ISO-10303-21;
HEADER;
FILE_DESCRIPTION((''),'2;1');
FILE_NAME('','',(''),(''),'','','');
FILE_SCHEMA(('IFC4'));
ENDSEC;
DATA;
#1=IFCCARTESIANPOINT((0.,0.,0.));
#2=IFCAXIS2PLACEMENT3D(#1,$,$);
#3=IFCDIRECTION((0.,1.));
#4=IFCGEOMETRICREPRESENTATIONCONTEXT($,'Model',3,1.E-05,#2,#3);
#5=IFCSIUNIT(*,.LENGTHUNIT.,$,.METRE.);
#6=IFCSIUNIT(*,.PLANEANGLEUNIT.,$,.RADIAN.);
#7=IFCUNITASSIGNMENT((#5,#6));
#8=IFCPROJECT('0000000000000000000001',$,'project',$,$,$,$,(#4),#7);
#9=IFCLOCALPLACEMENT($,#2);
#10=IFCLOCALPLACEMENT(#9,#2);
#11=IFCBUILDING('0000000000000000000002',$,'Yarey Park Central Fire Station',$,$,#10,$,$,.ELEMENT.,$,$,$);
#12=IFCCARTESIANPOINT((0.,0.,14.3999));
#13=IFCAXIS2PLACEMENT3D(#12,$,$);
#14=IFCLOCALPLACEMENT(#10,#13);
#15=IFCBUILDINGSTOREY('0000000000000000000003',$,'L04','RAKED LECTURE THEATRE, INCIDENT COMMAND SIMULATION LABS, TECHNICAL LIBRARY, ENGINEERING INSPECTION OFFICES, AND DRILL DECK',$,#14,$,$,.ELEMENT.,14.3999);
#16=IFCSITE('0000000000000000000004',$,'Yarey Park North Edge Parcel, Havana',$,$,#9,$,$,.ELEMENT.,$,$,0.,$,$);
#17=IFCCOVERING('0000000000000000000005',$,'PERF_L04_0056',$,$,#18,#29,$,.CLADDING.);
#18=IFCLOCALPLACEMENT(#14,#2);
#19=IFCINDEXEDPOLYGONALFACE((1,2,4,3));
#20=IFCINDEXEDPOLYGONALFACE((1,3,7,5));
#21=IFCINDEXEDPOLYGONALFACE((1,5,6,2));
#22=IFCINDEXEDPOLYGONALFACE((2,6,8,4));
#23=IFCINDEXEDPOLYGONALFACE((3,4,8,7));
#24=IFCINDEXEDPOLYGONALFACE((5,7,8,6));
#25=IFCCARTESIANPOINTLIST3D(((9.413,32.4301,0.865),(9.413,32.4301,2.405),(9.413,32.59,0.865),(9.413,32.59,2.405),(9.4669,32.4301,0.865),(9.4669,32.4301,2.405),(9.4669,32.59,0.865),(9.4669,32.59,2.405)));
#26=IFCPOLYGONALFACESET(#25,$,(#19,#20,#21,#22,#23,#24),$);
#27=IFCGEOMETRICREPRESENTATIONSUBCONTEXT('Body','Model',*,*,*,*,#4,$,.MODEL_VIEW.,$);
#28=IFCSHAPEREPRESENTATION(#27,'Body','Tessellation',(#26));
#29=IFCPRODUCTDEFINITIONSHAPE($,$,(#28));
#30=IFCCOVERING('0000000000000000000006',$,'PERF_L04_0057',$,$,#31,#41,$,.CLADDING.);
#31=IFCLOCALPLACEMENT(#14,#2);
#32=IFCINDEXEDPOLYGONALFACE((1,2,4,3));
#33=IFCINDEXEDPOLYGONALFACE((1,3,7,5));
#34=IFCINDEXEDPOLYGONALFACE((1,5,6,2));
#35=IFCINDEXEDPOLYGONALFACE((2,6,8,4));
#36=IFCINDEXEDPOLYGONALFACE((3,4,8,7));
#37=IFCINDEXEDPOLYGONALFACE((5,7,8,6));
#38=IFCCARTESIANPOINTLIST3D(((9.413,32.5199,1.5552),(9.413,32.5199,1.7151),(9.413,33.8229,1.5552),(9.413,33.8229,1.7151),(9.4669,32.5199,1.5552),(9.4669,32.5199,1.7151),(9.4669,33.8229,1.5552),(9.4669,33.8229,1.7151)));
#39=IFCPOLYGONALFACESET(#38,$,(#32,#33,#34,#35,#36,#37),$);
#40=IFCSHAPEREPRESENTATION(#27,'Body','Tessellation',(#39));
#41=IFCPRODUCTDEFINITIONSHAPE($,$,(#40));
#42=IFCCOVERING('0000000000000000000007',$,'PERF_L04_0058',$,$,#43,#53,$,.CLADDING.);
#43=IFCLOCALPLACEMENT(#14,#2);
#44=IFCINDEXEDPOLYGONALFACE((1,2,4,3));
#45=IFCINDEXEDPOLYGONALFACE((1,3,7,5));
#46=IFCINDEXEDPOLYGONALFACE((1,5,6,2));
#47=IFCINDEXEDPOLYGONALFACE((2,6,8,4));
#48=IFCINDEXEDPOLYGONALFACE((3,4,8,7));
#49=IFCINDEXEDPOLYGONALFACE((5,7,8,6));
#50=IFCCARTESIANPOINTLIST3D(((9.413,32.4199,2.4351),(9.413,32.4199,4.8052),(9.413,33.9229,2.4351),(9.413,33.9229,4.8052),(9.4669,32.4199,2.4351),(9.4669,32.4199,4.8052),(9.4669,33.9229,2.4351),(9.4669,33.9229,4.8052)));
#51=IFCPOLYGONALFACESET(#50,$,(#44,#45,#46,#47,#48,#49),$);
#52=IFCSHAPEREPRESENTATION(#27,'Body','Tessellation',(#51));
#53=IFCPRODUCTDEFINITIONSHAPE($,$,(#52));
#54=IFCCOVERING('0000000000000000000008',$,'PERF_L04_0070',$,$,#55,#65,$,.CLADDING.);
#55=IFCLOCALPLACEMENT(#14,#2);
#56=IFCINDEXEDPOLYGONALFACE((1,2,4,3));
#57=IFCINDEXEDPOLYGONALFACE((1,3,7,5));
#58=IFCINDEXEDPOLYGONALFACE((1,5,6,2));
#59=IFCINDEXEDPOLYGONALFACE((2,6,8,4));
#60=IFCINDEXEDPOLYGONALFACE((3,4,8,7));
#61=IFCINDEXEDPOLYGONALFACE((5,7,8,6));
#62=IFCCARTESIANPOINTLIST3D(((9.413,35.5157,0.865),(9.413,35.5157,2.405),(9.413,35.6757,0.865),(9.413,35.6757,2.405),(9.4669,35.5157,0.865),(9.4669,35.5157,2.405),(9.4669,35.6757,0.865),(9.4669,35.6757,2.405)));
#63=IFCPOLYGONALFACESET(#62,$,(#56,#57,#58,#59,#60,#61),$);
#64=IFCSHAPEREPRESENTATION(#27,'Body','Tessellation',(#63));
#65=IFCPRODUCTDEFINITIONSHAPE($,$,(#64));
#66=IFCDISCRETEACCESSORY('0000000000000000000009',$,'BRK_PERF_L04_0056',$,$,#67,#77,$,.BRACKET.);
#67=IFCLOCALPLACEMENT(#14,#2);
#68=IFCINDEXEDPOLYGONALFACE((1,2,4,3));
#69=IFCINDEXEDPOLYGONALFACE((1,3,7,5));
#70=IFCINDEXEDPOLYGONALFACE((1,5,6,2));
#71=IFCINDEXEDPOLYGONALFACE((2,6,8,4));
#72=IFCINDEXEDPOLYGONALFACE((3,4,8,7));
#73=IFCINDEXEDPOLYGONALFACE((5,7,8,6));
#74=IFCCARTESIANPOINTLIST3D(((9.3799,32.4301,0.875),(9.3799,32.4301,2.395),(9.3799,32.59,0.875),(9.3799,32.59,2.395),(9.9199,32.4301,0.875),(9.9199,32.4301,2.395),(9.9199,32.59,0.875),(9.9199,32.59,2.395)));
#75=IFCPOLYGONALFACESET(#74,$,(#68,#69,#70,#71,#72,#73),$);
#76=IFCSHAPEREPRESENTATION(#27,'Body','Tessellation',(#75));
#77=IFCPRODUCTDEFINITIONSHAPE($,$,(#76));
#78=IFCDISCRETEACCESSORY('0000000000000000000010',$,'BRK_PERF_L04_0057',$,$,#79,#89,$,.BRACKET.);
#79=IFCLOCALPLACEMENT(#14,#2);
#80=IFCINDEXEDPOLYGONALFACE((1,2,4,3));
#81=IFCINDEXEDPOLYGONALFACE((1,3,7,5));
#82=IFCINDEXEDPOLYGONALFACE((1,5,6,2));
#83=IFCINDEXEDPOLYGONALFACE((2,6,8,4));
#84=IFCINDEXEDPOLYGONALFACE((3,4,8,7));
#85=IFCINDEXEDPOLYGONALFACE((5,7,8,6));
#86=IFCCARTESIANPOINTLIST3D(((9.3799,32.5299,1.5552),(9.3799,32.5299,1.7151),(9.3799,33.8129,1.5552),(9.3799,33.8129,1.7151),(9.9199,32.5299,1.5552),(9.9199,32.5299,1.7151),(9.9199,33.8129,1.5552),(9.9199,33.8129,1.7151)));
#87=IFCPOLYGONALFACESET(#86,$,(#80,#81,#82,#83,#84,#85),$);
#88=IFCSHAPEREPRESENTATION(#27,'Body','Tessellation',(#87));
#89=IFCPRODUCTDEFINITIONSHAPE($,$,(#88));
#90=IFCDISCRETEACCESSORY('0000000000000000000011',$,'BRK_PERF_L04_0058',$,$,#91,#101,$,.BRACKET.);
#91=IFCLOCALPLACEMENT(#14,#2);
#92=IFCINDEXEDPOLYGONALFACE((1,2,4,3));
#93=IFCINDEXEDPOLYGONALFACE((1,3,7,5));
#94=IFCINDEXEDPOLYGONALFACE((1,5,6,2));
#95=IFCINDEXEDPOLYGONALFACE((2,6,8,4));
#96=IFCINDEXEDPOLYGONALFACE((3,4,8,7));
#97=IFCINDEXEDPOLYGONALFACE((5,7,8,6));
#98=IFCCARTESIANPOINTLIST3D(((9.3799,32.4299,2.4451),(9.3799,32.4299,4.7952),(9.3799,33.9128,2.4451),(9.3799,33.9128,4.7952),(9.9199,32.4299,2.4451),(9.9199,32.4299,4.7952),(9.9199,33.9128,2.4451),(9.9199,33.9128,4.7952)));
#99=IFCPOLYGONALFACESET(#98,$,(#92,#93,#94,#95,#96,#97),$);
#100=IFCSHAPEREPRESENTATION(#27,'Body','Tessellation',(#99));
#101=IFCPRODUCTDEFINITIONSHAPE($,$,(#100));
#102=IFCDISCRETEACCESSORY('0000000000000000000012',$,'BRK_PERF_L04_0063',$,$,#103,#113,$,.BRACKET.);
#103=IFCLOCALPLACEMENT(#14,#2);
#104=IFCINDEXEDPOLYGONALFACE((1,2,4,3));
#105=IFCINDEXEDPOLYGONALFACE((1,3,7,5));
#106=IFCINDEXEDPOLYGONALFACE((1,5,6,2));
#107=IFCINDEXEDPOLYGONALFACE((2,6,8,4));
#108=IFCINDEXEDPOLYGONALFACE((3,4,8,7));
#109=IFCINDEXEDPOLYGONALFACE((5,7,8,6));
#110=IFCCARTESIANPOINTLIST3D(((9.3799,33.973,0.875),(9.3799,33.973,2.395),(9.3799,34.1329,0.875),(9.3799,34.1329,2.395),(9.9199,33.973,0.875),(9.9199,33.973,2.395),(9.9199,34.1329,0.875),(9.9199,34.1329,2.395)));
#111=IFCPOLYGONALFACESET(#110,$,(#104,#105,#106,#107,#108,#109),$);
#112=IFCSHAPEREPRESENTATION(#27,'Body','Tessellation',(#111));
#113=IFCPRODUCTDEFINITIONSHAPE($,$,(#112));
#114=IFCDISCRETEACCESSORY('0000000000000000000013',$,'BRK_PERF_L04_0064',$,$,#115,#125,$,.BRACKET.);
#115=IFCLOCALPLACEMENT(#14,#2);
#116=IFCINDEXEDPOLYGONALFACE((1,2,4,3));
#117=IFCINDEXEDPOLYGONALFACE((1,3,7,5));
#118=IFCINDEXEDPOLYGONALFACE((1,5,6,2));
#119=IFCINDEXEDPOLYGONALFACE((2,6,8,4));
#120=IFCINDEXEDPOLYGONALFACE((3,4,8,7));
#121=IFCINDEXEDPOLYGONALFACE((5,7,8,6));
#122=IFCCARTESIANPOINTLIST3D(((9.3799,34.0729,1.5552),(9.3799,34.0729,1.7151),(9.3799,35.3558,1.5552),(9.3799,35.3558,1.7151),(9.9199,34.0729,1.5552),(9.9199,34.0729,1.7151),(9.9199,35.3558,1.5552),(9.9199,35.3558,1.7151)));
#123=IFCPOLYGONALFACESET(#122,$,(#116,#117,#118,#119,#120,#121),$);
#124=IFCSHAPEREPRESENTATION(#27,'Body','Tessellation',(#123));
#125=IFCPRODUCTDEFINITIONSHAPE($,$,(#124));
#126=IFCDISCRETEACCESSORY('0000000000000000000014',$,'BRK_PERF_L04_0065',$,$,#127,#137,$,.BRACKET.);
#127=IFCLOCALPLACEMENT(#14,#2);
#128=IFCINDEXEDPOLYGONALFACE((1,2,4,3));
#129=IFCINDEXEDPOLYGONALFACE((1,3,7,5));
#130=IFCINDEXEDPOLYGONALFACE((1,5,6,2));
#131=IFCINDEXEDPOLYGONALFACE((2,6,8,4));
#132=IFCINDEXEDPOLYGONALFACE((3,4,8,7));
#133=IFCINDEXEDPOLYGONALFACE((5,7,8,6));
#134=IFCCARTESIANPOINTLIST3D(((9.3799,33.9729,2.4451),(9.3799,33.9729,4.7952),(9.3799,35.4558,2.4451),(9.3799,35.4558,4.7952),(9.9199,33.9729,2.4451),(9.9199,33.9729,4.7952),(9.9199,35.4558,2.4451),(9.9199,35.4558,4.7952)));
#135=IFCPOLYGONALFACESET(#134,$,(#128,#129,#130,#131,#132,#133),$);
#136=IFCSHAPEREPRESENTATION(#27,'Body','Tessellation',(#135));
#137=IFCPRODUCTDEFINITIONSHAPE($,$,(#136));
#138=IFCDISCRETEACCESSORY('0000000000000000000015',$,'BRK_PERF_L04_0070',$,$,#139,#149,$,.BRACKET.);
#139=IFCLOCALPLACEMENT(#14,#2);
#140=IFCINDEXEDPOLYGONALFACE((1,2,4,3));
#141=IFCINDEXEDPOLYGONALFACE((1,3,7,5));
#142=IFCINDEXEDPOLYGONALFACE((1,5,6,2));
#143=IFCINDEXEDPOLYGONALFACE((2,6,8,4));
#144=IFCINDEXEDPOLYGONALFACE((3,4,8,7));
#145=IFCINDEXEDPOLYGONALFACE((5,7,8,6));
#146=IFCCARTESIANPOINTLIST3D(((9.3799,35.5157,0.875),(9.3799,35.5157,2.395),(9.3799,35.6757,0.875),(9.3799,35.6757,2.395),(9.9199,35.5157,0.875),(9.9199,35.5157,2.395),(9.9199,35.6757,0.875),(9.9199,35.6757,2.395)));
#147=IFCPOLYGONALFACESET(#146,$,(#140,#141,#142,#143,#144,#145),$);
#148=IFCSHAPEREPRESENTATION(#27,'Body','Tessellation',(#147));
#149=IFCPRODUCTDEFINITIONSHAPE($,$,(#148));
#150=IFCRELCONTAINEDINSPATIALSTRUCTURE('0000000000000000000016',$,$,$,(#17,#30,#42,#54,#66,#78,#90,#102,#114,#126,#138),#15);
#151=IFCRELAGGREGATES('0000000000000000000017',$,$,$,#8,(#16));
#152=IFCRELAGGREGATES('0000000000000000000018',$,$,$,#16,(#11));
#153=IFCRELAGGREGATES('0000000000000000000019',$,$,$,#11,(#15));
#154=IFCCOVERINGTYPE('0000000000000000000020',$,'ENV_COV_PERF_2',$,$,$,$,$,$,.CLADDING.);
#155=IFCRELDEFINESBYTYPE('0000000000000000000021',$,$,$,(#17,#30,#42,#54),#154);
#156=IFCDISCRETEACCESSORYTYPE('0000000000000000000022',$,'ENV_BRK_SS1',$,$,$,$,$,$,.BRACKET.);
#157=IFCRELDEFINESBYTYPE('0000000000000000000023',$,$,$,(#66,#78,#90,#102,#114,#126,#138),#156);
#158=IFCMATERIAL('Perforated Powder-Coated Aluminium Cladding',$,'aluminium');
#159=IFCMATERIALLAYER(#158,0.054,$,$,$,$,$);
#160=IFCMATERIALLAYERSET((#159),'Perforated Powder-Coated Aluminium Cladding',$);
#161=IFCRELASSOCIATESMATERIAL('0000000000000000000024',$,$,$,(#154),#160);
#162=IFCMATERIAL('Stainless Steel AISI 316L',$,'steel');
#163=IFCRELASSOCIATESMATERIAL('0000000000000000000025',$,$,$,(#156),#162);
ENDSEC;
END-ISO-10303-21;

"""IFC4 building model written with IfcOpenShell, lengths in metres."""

from ifc_helpers import new_model, si_unit, direction, frame, origin, origin_2d, place, context, subcontext, project, spatial, rectangle, extrude, material, layer, layer_set, type_object, element, save


model = new_model("IFC4")

# Units and contexts
model_context = context("Model", 3, precision=1e-05, world=origin(), true_north=direction((0.0, 1.0)))
body_context = subcontext(model_context, "Body", "Model", "MODEL_VIEW")
ifc_project = project(units=[si_unit("LENGTHUNIT", "METRE"), si_unit("PLANEANGLEUNIT", "RADIAN")], contexts=[model_context])

# Site, building, storey
site_placement = place(None, origin())
site = spatial("IfcSite", under=ifc_project, at=site_placement, Name="Yarey Park North Edge Parcel, Havana", CompositionType="ELEMENT", RefElevation=0.0)
building_placement = place(site_placement, origin())
building = spatial("IfcBuilding", under=site, at=building_placement, Name="Yarey Park Central Fire Station", CompositionType="ELEMENT")
storey_placement = place(building_placement, frame((0.0, 0.0, 14.3999)))
storey = spatial("IfcBuildingStorey", under=building, at=storey_placement, Name="L04", Description="RAKED LECTURE THEATRE, INCIDENT COMMAND SIMULATION LABS, TECHNICAL LIBRARY, ENGINEERING INSPECTION OFFICES, AND DRILL DECK", CompositionType="ELEMENT", Elevation=14.3999)

# Coverings
ifc_material_1 = material(Name="Perforated Powder-Coated Aluminium Cladding", Category="aluminium")
ifc_layer_1 = layer(ifc_material_1, 0.054)
ifc_layer_set_1 = layer_set([ifc_layer_1], Name="Perforated Powder-Coated Aluminium Cladding")
covering_type_1 = type_object("IfcCoveringType", Name="ENV_COV_PERF_2", PredefinedType="CLADDING", material=ifc_layer_set_1)
covering_1_placement = place(storey_placement, frame((9.4399, 32.51, 0.865), z_axis=(0.0, 0.0, 1.0), x_axis=(0.0, 1.0, 0.0)))
element("IfcCovering", 1, at=covering_1_placement, inside=storey, type_object=covering_type_1, Name="PERF_L04_0056", PredefinedType="CLADDING", context=body_context, shape_type="SweptSolid", body=[
    extrude(rectangle(XDim=0.1599, YDim=0.054, at=origin_2d()), origin(), (0.0, 0.0, 1.0), 1.54),
])
covering_2_placement = place(storey_placement, frame((9.4399, 33.1714, 1.5552), z_axis=(0.0, 0.0, 1.0), x_axis=(0.0, 1.0, 0.0)))
element("IfcCovering", 2, at=covering_2_placement, inside=storey, type_object=covering_type_1, Name="PERF_L04_0057", PredefinedType="CLADDING", context=body_context, shape_type="SweptSolid", body=[
    extrude(rectangle(XDim=1.303, YDim=0.054, at=origin_2d()), origin(), (0.0, 0.0, 1.0), 0.1599),
])
covering_3_placement = place(storey_placement, frame((9.4399, 33.1714, 2.4351), z_axis=(0.0, 0.0, 1.0), x_axis=(0.0, 1.0, 0.0)))
element("IfcCovering", 3, at=covering_3_placement, inside=storey, type_object=covering_type_1, Name="PERF_L04_0058", PredefinedType="CLADDING", context=body_context, shape_type="SweptSolid", body=[
    extrude(rectangle(XDim=1.5029, YDim=0.054, at=origin_2d()), origin(), (0.0, 0.0, 1.0), 2.3701),
])
covering_4_placement = place(storey_placement, frame((9.4399, 35.5957, 0.865), z_axis=(0.0, 0.0, 1.0), x_axis=(0.0, 1.0, 0.0)))
element("IfcCovering", 4, at=covering_4_placement, inside=storey, type_object=covering_type_1, Name="PERF_L04_0070", PredefinedType="CLADDING", context=body_context, shape_type="SweptSolid", body=[
    extrude(rectangle(XDim=0.1599, YDim=0.054, at=origin_2d()), origin(), (0.0, 0.0, 1.0), 1.54),
])

# Discrete accessories
ifc_material_2 = material(Name="Stainless Steel AISI 316L", Category="steel")
discrete_accessory_type = type_object("IfcDiscreteAccessoryType", Name="ENV_BRK_SS1", PredefinedType="BRACKET", material=ifc_material_2)
discrete_accessory_1_placement = place(storey_placement, frame((9.6499, 32.51, 0.875), z_axis=(0.0, 0.0, 1.0), x_axis=(1.0, 0.0, 0.0)))
element("IfcDiscreteAccessory", 5, at=discrete_accessory_1_placement, inside=storey, type_object=discrete_accessory_type, Name="BRK_PERF_L04_0056", PredefinedType="BRACKET", context=body_context, shape_type="SweptSolid", body=[
    extrude(rectangle(XDim=0.54, YDim=0.1599, at=origin_2d()), origin(), (0.0, 0.0, 1.0), 1.52),
])
discrete_accessory_2_placement = place(storey_placement, frame((9.6499, 33.1714, 1.5552), z_axis=(0.0, 0.0, 1.0), x_axis=(1.0, 0.0, 0.0)))
element("IfcDiscreteAccessory", 6, at=discrete_accessory_2_placement, inside=storey, type_object=discrete_accessory_type, Name="BRK_PERF_L04_0057", PredefinedType="BRACKET", context=body_context, shape_type="SweptSolid", body=[
    extrude(rectangle(XDim=0.54, YDim=1.283, at=origin_2d()), origin(), (0.0, 0.0, 1.0), 0.1599),
])
discrete_accessory_3_placement = place(storey_placement, frame((9.6499, 33.1714, 2.4451), z_axis=(0.0, 0.0, 1.0), x_axis=(1.0, 0.0, 0.0)))
element("IfcDiscreteAccessory", 7, at=discrete_accessory_3_placement, inside=storey, type_object=discrete_accessory_type, Name="BRK_PERF_L04_0058", PredefinedType="BRACKET", context=body_context, shape_type="SweptSolid", body=[
    extrude(rectangle(XDim=0.54, YDim=1.4829, at=origin_2d()), origin(), (0.0, 0.0, 1.0), 2.3501),
])
discrete_accessory_4_placement = place(storey_placement, frame((9.6499, 34.053, 0.875), z_axis=(0.0, 0.0, 1.0), x_axis=(1.0, 0.0, 0.0)))
element("IfcDiscreteAccessory", 8, at=discrete_accessory_4_placement, inside=storey, type_object=discrete_accessory_type, Name="BRK_PERF_L04_0063", PredefinedType="BRACKET", context=body_context, shape_type="SweptSolid", body=[
    extrude(rectangle(XDim=0.54, YDim=0.1599, at=origin_2d()), origin(), (0.0, 0.0, 1.0), 1.52),
])
discrete_accessory_5_placement = place(storey_placement, frame((9.6499, 34.7144, 1.5552), z_axis=(0.0, 0.0, 1.0), x_axis=(1.0, 0.0, 0.0)))
element("IfcDiscreteAccessory", 9, at=discrete_accessory_5_placement, inside=storey, type_object=discrete_accessory_type, Name="BRK_PERF_L04_0064", PredefinedType="BRACKET", context=body_context, shape_type="SweptSolid", body=[
    extrude(rectangle(XDim=0.54, YDim=1.283, at=origin_2d()), origin(), (0.0, 0.0, 1.0), 0.1599),
])
discrete_accessory_6_placement = place(storey_placement, frame((9.6499, 34.7144, 2.4451), z_axis=(0.0, 0.0, 1.0), x_axis=(1.0, 0.0, 0.0)))
element("IfcDiscreteAccessory", 10, at=discrete_accessory_6_placement, inside=storey, type_object=discrete_accessory_type, Name="BRK_PERF_L04_0065", PredefinedType="BRACKET", context=body_context, shape_type="SweptSolid", body=[
    extrude(rectangle(XDim=0.54, YDim=1.4829, at=origin_2d()), origin(), (0.0, 0.0, 1.0), 2.3501),
])
discrete_accessory_7_placement = place(storey_placement, frame((9.6499, 35.5957, 0.875), z_axis=(0.0, 0.0, 1.0), x_axis=(1.0, 0.0, 0.0)))
element("IfcDiscreteAccessory", 11, at=discrete_accessory_7_placement, inside=storey, type_object=discrete_accessory_type, Name="BRK_PERF_L04_0070", PredefinedType="BRACKET", context=body_context, shape_type="SweptSolid", body=[
    extrude(rectangle(XDim=0.54, YDim=0.1599, at=origin_2d()), origin(), (0.0, 0.0, 1.0), 1.52),
])

save(model, "model.ifc")
